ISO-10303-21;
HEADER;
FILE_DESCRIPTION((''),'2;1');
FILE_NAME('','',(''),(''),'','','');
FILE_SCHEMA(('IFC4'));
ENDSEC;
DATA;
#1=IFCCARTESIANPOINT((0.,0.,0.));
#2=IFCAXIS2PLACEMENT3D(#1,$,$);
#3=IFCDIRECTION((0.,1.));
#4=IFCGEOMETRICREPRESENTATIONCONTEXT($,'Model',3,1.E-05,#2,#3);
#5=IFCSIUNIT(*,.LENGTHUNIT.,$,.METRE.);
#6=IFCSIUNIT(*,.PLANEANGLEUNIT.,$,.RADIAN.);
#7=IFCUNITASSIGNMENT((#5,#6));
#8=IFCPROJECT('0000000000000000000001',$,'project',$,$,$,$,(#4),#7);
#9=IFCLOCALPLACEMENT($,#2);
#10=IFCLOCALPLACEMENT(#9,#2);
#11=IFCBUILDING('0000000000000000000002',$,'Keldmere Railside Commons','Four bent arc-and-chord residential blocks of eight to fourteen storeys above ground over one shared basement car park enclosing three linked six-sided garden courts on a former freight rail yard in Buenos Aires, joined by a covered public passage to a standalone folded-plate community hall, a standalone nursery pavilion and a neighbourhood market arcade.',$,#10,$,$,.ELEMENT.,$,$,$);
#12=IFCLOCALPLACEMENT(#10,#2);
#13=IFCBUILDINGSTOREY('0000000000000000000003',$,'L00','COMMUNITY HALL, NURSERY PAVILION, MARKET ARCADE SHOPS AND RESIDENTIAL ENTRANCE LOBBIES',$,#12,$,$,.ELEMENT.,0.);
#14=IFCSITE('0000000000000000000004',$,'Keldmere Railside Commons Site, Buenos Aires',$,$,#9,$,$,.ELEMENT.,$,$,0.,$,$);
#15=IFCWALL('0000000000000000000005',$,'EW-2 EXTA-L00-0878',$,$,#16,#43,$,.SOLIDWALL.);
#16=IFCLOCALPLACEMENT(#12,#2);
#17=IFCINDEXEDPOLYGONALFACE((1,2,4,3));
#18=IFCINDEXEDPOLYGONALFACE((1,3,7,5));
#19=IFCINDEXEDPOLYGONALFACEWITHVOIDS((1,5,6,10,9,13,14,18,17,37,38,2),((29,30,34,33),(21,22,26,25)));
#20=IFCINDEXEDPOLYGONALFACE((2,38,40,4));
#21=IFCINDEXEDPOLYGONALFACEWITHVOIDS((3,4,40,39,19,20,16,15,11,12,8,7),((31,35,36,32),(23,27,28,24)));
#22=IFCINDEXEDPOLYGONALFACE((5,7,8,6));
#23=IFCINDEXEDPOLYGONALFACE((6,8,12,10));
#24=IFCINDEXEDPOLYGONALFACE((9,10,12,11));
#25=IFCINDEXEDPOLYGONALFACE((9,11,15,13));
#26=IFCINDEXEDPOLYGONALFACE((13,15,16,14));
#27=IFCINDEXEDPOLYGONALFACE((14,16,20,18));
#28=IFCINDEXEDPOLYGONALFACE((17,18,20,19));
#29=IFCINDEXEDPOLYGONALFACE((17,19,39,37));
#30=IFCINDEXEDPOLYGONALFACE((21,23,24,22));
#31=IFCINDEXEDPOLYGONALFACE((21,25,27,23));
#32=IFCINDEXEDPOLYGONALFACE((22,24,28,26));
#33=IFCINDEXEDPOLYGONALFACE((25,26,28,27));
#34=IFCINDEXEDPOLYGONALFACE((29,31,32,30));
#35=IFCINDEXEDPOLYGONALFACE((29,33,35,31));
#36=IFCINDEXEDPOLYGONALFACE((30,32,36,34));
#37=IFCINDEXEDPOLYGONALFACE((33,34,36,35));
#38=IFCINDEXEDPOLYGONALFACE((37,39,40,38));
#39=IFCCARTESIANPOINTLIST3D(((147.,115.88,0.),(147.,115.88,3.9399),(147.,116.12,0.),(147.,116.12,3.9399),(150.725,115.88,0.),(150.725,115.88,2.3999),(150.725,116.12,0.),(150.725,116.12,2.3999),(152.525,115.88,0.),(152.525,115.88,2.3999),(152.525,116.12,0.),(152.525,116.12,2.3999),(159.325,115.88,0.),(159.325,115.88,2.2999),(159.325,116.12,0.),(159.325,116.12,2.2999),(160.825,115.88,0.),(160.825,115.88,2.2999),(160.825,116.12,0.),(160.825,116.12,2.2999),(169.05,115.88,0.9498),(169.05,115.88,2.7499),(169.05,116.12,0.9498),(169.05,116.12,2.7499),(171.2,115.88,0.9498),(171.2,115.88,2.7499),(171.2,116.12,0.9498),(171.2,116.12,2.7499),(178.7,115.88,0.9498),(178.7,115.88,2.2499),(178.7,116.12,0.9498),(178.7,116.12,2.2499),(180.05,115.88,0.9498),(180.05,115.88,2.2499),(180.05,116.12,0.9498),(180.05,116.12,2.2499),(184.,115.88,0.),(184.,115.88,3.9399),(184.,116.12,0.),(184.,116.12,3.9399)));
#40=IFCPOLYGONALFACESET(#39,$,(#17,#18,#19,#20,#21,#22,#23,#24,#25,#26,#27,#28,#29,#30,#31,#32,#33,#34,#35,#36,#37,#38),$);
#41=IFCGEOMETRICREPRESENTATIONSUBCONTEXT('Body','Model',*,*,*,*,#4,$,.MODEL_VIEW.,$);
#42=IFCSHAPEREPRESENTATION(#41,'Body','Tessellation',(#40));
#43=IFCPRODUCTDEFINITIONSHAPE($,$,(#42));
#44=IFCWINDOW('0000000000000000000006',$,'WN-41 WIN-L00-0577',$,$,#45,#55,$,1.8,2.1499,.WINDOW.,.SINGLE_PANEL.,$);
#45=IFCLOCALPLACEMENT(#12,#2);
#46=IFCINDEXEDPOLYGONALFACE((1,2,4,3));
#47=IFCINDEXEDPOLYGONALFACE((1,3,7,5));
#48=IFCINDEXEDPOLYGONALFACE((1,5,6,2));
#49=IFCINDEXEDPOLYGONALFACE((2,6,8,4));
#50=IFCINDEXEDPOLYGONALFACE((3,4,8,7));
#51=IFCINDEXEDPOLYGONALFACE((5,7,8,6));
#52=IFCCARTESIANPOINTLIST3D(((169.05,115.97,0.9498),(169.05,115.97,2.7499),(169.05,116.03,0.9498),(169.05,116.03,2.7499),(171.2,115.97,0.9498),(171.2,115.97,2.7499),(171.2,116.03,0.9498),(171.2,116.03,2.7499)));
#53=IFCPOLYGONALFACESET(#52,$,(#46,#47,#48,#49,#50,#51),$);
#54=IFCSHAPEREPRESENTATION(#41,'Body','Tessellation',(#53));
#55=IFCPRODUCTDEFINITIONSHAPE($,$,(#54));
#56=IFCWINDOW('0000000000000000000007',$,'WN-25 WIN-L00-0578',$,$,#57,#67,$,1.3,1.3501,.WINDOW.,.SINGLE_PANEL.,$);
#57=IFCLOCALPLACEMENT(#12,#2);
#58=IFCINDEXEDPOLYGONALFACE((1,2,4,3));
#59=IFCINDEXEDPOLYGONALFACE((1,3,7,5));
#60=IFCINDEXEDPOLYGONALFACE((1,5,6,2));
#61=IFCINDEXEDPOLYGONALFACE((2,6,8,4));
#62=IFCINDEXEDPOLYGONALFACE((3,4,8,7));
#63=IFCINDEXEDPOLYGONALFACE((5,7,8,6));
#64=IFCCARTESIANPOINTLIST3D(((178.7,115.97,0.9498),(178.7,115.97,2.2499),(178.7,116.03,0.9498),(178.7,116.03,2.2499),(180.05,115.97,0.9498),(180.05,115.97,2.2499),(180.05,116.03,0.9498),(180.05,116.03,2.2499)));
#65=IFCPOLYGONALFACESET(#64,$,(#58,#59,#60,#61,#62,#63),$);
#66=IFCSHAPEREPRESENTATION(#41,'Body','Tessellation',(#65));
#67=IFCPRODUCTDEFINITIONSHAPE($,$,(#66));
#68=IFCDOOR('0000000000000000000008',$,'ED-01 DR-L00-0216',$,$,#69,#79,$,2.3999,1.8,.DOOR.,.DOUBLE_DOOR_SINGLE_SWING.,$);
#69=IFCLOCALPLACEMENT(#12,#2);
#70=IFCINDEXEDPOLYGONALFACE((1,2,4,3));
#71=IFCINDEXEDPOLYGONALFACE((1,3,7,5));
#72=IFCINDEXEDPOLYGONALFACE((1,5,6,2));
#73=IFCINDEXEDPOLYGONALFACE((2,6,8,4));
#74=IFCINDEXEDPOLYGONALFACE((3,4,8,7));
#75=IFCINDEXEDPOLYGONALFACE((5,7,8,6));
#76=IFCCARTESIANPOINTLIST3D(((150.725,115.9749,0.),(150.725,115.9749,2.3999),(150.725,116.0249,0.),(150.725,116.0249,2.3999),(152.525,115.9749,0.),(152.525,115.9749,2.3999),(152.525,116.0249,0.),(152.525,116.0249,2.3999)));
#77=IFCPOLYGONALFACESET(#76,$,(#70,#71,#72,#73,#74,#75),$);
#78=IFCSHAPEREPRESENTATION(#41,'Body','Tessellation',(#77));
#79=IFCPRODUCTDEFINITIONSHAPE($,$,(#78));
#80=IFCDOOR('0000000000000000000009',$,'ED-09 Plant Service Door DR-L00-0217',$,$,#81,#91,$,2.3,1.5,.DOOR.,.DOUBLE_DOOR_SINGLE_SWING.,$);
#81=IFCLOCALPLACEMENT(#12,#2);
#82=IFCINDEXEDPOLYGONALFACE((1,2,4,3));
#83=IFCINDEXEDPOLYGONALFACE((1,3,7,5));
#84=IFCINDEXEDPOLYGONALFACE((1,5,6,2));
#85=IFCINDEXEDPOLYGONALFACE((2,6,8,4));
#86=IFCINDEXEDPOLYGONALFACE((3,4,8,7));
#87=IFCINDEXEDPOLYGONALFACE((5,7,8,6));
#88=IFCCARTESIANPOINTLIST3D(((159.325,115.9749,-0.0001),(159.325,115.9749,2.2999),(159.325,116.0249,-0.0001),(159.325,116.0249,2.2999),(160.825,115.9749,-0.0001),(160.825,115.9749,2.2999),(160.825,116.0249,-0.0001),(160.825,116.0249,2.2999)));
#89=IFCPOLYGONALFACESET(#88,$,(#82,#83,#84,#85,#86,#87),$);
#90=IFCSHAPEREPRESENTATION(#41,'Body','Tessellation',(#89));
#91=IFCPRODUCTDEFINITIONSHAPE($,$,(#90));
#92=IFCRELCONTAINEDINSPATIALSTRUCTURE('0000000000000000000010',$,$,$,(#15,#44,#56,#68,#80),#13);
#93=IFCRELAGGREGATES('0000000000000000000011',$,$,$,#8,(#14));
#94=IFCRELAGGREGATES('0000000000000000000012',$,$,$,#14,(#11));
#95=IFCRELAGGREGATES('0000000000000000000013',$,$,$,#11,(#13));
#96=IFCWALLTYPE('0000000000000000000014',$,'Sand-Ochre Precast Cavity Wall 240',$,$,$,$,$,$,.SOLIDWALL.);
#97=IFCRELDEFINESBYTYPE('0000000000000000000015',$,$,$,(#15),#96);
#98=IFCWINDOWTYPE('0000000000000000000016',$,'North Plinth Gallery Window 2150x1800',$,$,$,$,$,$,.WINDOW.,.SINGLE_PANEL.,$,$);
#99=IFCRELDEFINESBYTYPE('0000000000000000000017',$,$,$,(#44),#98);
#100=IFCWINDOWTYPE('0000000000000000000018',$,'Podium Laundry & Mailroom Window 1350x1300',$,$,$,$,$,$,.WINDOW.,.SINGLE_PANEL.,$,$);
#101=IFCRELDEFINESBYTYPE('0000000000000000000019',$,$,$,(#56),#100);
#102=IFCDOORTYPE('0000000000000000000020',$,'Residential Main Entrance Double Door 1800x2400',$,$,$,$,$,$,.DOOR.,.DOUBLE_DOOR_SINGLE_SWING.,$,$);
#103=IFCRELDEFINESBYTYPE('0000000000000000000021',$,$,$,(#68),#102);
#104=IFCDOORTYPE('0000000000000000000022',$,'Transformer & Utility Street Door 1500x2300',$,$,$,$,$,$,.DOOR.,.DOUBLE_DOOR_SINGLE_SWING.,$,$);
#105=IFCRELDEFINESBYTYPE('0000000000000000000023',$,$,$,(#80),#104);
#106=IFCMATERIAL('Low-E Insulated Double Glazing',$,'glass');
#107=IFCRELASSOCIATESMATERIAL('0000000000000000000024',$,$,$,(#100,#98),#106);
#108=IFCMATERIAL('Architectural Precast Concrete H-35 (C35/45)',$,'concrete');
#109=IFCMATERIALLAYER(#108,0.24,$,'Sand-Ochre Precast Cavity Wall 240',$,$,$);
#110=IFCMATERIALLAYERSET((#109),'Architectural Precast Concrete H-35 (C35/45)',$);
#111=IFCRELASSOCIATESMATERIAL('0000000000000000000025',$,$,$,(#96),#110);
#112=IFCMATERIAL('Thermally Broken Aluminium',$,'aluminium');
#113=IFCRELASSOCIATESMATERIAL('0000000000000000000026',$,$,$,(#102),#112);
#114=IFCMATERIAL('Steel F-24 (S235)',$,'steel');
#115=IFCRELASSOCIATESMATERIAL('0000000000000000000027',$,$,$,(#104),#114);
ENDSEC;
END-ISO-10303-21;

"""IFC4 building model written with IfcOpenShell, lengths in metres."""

from ifc_helpers import new_model, si_unit, direction, frame, frame_2d, origin, place, context, subcontext, project, spatial, rectangle, extrude, material, layer, layer_set, type_object, element, fill, save


model = new_model("IFC4")

# Units and contexts
model_context = context("Model", 3, precision=1e-05, world=origin(), true_north=direction((0.0, 1.0)))
body_context = subcontext(model_context, "Body", "Model", "MODEL_VIEW")
ifc_project = project(units=[si_unit("LENGTHUNIT", "METRE"), si_unit("PLANEANGLEUNIT", "RADIAN")], contexts=[model_context])

# Site, building, storey
site_placement = place(None, origin())
site = spatial("IfcSite", under=ifc_project, at=site_placement, Name="Keldmere Railside Commons Site, Buenos Aires", CompositionType="ELEMENT", RefElevation=0.0)
building_placement = place(site_placement, origin())
building = spatial("IfcBuilding", under=site, at=building_placement, Name="Keldmere Railside Commons", Description="Four bent arc-and-chord residential blocks of eight to fourteen storeys above ground over one shared basement car park enclosing three linked six-sided garden courts on a former freight rail yard in Buenos Aires, joined by a covered public passage to a standalone folded-plate community hall, a standalone nursery pavilion and a neighbourhood market arcade.", CompositionType="ELEMENT")
storey_placement = place(building_placement, origin())
storey = spatial("IfcBuildingStorey", under=building, at=storey_placement, Name="L00", Description="COMMUNITY HALL, NURSERY PAVILION, MARKET ARCADE SHOPS AND RESIDENTIAL ENTRANCE LOBBIES", CompositionType="ELEMENT", Elevation=0.0)

# Shared definitions
ifc_material_1 = material(Name="Steel F-24 (S235)", Category="steel")

# Shared definitions
ifc_material_2 = material(Name="Low-E Insulated Double Glazing", Category="glass")
window_type_1 = type_object("IfcWindowType", Name="Podium Laundry & Mailroom Window 1350x1300", PartitioningType="SINGLE_PANEL", PredefinedType="WINDOW", material=ifc_material_2)

# Wall, openings, windows, doors
ifc_material_3 = material(Name="Architectural Precast Concrete H-35 (C35/45)", Category="concrete")
ifc_layer_1 = layer(ifc_material_3, 0.24, Name="Sand-Ochre Precast Cavity Wall 240")
ifc_layer_set_1 = layer_set([ifc_layer_1], Name="Architectural Precast Concrete H-35 (C35/45)")
wall_type_1 = type_object("IfcWallType", Name="Sand-Ochre Precast Cavity Wall 240", PredefinedType="SOLIDWALL", material=ifc_layer_set_1)
wall_1_placement = place(storey_placement, frame((147.0, 116.0, 0.0), z_axis=(0.0, 0.0, 1.0), x_axis=(1.0, 0.0, 0.0)))
wall_1 = element("IfcWall", 1, at=wall_1_placement, inside=storey, type_object=wall_type_1, Name="EW-2 EXTA-L00-0878", PredefinedType="SOLIDWALL", context=body_context, shape_type="SweptSolid", body=[
    extrude(rectangle(XDim=37.0, YDim=0.24, at=frame_2d((18.5, 0.0))), origin(), (0.0, 0.0, 1.0), 3.9399),
])
opening_1_placement = place(wall_1_placement, frame((3.7251, 0.0, 0.0)))
opening_1 = element("IfcOpeningElement", 2, at=opening_1_placement, cuts=wall_1, PredefinedType="OPENING", context=body_context, shape_type="SweptSolid", body=[
    extrude(rectangle(XDim=1.8, YDim=2.3999, at=frame_2d((0.8999, 1.2))), frame((0.0, 0.1299, 0.0), z_axis=(0.0, -1.0, 0.0), x_axis=(1.0, 0.0, 0.0)), (0.0, 0.0, 1.0), 0.26),
])
opening_2_placement = place(wall_1_placement, frame((12.325, 0.0, 0.0)))
opening_2 = element("IfcOpeningElement", 3, at=opening_2_placement, cuts=wall_1, PredefinedType="OPENING", context=body_context, shape_type="SweptSolid", body=[
    extrude(rectangle(XDim=1.5, YDim=2.3, at=frame_2d((0.75, 1.1499))), frame((0.0, 0.1299, 0.0), z_axis=(0.0, -1.0, 0.0), x_axis=(1.0, 0.0, 0.0)), (0.0, 0.0, 1.0), 0.26),
])
opening_3_placement = place(wall_1_placement, frame((22.05, 0.0, 0.95)))
opening_3 = element("IfcOpeningElement", 4, at=opening_3_placement, cuts=wall_1, PredefinedType="OPENING", context=body_context, shape_type="SweptSolid", body=[
    extrude(rectangle(XDim=2.1499, YDim=1.8, at=frame_2d((1.075, 0.8999))), frame((0.0, 0.1299, 0.0), z_axis=(0.0, -1.0, 0.0), x_axis=(1.0, 0.0, 0.0)), (0.0, 0.0, 1.0), 0.26),
])
opening_4_placement = place(wall_1_placement, frame((31.7, 0.0, 0.95)))
opening_4 = element("IfcOpeningElement", 5, at=opening_4_placement, cuts=wall_1, PredefinedType="OPENING", context=body_context, shape_type="SweptSolid", body=[
    extrude(rectangle(XDim=1.3501, YDim=1.3, at=frame_2d((0.675, 0.6499))), frame((0.0, 0.1299, 0.0), z_axis=(0.0, -1.0, 0.0), x_axis=(1.0, 0.0, 0.0)), (0.0, 0.0, 1.0), 0.26),
])
window_type_2 = type_object("IfcWindowType", Name="North Plinth Gallery Window 2150x1800", PartitioningType="SINGLE_PANEL", PredefinedType="WINDOW", material=ifc_material_2)
window_1_placement = place(opening_3_placement, origin())
window_1 = element("IfcWindow", 6, at=window_1_placement, inside=storey, type_object=window_type_2, Name="WN-41 WIN-L00-0577", OverallHeight=1.8, OverallWidth=2.1499, PartitioningType="SINGLE_PANEL", PredefinedType="WINDOW", context=body_context, shape_type="SweptSolid", body=[
    extrude(rectangle(XDim=2.1499, YDim=1.8, at=frame_2d((1.075, 0.8999))), frame((0.0, 0.03, 0.0), z_axis=(0.0, -1.0, 0.0), x_axis=(1.0, 0.0, 0.0)), (0.0, 0.0, 1.0), 0.0601),
])
fill(opening_3, window_1)
window_2_placement = place(opening_4_placement, origin())
window_2 = element("IfcWindow", 7, at=window_2_placement, inside=storey, type_object=window_type_1, Name="WN-25 WIN-L00-0578", OverallHeight=1.3, OverallWidth=1.3501, PartitioningType="SINGLE_PANEL", PredefinedType="WINDOW", context=body_context, shape_type="SweptSolid", body=[
    extrude(rectangle(XDim=1.3501, YDim=1.3, at=frame_2d((0.675, 0.6499))), frame((0.0, 0.03, 0.0), z_axis=(0.0, -1.0, 0.0), x_axis=(1.0, 0.0, 0.0)), (0.0, 0.0, 1.0), 0.0601),
])
fill(opening_4, window_2)
ifc_material_4 = material(Name="Thermally Broken Aluminium", Category="aluminium")
door_type_1 = type_object("IfcDoorType", Name="Residential Main Entrance Double Door 1800x2400", OperationType="DOUBLE_DOOR_SINGLE_SWING", PredefinedType="DOOR", material=ifc_material_4)
door_1_placement = place(opening_1_placement, origin())
door_1 = element("IfcDoor", 8, at=door_1_placement, inside=storey, type_object=door_type_1, Name="ED-01 DR-L00-0216", OperationType="DOUBLE_DOOR_SINGLE_SWING", OverallHeight=2.3999, OverallWidth=1.8, PredefinedType="DOOR", context=body_context, shape_type="SweptSolid", body=[
    extrude(rectangle(XDim=1.8, YDim=2.3999, at=frame_2d((0.8999, 1.2))), frame((0.0, 0.0249, 0.0), z_axis=(0.0, -1.0, 0.0), x_axis=(1.0, 0.0, 0.0)), (0.0, 0.0, 1.0), 0.05),
])
fill(opening_1, door_1)
door_type_2 = type_object("IfcDoorType", Name="Transformer & Utility Street Door 1500x2300", OperationType="DOUBLE_DOOR_SINGLE_SWING", PredefinedType="DOOR", material=ifc_material_1)
door_2_placement = place(opening_2_placement, origin())
door_2 = element("IfcDoor", 9, at=door_2_placement, inside=storey, type_object=door_type_2, Name="ED-09 Plant Service Door DR-L00-0217", OperationType="DOUBLE_DOOR_SINGLE_SWING", OverallHeight=2.3, OverallWidth=1.5, PredefinedType="DOOR", context=body_context, shape_type="SweptSolid", body=[
    extrude(rectangle(XDim=1.5, YDim=2.3, at=frame_2d((0.75, 1.1499))), frame((0.0, 0.0249, 0.0), z_axis=(0.0, -1.0, 0.0), x_axis=(1.0, 0.0, 0.0)), (0.0, 0.0, 1.0), 0.05),
])
fill(opening_2, door_2)

save(model, "model.ifc")
